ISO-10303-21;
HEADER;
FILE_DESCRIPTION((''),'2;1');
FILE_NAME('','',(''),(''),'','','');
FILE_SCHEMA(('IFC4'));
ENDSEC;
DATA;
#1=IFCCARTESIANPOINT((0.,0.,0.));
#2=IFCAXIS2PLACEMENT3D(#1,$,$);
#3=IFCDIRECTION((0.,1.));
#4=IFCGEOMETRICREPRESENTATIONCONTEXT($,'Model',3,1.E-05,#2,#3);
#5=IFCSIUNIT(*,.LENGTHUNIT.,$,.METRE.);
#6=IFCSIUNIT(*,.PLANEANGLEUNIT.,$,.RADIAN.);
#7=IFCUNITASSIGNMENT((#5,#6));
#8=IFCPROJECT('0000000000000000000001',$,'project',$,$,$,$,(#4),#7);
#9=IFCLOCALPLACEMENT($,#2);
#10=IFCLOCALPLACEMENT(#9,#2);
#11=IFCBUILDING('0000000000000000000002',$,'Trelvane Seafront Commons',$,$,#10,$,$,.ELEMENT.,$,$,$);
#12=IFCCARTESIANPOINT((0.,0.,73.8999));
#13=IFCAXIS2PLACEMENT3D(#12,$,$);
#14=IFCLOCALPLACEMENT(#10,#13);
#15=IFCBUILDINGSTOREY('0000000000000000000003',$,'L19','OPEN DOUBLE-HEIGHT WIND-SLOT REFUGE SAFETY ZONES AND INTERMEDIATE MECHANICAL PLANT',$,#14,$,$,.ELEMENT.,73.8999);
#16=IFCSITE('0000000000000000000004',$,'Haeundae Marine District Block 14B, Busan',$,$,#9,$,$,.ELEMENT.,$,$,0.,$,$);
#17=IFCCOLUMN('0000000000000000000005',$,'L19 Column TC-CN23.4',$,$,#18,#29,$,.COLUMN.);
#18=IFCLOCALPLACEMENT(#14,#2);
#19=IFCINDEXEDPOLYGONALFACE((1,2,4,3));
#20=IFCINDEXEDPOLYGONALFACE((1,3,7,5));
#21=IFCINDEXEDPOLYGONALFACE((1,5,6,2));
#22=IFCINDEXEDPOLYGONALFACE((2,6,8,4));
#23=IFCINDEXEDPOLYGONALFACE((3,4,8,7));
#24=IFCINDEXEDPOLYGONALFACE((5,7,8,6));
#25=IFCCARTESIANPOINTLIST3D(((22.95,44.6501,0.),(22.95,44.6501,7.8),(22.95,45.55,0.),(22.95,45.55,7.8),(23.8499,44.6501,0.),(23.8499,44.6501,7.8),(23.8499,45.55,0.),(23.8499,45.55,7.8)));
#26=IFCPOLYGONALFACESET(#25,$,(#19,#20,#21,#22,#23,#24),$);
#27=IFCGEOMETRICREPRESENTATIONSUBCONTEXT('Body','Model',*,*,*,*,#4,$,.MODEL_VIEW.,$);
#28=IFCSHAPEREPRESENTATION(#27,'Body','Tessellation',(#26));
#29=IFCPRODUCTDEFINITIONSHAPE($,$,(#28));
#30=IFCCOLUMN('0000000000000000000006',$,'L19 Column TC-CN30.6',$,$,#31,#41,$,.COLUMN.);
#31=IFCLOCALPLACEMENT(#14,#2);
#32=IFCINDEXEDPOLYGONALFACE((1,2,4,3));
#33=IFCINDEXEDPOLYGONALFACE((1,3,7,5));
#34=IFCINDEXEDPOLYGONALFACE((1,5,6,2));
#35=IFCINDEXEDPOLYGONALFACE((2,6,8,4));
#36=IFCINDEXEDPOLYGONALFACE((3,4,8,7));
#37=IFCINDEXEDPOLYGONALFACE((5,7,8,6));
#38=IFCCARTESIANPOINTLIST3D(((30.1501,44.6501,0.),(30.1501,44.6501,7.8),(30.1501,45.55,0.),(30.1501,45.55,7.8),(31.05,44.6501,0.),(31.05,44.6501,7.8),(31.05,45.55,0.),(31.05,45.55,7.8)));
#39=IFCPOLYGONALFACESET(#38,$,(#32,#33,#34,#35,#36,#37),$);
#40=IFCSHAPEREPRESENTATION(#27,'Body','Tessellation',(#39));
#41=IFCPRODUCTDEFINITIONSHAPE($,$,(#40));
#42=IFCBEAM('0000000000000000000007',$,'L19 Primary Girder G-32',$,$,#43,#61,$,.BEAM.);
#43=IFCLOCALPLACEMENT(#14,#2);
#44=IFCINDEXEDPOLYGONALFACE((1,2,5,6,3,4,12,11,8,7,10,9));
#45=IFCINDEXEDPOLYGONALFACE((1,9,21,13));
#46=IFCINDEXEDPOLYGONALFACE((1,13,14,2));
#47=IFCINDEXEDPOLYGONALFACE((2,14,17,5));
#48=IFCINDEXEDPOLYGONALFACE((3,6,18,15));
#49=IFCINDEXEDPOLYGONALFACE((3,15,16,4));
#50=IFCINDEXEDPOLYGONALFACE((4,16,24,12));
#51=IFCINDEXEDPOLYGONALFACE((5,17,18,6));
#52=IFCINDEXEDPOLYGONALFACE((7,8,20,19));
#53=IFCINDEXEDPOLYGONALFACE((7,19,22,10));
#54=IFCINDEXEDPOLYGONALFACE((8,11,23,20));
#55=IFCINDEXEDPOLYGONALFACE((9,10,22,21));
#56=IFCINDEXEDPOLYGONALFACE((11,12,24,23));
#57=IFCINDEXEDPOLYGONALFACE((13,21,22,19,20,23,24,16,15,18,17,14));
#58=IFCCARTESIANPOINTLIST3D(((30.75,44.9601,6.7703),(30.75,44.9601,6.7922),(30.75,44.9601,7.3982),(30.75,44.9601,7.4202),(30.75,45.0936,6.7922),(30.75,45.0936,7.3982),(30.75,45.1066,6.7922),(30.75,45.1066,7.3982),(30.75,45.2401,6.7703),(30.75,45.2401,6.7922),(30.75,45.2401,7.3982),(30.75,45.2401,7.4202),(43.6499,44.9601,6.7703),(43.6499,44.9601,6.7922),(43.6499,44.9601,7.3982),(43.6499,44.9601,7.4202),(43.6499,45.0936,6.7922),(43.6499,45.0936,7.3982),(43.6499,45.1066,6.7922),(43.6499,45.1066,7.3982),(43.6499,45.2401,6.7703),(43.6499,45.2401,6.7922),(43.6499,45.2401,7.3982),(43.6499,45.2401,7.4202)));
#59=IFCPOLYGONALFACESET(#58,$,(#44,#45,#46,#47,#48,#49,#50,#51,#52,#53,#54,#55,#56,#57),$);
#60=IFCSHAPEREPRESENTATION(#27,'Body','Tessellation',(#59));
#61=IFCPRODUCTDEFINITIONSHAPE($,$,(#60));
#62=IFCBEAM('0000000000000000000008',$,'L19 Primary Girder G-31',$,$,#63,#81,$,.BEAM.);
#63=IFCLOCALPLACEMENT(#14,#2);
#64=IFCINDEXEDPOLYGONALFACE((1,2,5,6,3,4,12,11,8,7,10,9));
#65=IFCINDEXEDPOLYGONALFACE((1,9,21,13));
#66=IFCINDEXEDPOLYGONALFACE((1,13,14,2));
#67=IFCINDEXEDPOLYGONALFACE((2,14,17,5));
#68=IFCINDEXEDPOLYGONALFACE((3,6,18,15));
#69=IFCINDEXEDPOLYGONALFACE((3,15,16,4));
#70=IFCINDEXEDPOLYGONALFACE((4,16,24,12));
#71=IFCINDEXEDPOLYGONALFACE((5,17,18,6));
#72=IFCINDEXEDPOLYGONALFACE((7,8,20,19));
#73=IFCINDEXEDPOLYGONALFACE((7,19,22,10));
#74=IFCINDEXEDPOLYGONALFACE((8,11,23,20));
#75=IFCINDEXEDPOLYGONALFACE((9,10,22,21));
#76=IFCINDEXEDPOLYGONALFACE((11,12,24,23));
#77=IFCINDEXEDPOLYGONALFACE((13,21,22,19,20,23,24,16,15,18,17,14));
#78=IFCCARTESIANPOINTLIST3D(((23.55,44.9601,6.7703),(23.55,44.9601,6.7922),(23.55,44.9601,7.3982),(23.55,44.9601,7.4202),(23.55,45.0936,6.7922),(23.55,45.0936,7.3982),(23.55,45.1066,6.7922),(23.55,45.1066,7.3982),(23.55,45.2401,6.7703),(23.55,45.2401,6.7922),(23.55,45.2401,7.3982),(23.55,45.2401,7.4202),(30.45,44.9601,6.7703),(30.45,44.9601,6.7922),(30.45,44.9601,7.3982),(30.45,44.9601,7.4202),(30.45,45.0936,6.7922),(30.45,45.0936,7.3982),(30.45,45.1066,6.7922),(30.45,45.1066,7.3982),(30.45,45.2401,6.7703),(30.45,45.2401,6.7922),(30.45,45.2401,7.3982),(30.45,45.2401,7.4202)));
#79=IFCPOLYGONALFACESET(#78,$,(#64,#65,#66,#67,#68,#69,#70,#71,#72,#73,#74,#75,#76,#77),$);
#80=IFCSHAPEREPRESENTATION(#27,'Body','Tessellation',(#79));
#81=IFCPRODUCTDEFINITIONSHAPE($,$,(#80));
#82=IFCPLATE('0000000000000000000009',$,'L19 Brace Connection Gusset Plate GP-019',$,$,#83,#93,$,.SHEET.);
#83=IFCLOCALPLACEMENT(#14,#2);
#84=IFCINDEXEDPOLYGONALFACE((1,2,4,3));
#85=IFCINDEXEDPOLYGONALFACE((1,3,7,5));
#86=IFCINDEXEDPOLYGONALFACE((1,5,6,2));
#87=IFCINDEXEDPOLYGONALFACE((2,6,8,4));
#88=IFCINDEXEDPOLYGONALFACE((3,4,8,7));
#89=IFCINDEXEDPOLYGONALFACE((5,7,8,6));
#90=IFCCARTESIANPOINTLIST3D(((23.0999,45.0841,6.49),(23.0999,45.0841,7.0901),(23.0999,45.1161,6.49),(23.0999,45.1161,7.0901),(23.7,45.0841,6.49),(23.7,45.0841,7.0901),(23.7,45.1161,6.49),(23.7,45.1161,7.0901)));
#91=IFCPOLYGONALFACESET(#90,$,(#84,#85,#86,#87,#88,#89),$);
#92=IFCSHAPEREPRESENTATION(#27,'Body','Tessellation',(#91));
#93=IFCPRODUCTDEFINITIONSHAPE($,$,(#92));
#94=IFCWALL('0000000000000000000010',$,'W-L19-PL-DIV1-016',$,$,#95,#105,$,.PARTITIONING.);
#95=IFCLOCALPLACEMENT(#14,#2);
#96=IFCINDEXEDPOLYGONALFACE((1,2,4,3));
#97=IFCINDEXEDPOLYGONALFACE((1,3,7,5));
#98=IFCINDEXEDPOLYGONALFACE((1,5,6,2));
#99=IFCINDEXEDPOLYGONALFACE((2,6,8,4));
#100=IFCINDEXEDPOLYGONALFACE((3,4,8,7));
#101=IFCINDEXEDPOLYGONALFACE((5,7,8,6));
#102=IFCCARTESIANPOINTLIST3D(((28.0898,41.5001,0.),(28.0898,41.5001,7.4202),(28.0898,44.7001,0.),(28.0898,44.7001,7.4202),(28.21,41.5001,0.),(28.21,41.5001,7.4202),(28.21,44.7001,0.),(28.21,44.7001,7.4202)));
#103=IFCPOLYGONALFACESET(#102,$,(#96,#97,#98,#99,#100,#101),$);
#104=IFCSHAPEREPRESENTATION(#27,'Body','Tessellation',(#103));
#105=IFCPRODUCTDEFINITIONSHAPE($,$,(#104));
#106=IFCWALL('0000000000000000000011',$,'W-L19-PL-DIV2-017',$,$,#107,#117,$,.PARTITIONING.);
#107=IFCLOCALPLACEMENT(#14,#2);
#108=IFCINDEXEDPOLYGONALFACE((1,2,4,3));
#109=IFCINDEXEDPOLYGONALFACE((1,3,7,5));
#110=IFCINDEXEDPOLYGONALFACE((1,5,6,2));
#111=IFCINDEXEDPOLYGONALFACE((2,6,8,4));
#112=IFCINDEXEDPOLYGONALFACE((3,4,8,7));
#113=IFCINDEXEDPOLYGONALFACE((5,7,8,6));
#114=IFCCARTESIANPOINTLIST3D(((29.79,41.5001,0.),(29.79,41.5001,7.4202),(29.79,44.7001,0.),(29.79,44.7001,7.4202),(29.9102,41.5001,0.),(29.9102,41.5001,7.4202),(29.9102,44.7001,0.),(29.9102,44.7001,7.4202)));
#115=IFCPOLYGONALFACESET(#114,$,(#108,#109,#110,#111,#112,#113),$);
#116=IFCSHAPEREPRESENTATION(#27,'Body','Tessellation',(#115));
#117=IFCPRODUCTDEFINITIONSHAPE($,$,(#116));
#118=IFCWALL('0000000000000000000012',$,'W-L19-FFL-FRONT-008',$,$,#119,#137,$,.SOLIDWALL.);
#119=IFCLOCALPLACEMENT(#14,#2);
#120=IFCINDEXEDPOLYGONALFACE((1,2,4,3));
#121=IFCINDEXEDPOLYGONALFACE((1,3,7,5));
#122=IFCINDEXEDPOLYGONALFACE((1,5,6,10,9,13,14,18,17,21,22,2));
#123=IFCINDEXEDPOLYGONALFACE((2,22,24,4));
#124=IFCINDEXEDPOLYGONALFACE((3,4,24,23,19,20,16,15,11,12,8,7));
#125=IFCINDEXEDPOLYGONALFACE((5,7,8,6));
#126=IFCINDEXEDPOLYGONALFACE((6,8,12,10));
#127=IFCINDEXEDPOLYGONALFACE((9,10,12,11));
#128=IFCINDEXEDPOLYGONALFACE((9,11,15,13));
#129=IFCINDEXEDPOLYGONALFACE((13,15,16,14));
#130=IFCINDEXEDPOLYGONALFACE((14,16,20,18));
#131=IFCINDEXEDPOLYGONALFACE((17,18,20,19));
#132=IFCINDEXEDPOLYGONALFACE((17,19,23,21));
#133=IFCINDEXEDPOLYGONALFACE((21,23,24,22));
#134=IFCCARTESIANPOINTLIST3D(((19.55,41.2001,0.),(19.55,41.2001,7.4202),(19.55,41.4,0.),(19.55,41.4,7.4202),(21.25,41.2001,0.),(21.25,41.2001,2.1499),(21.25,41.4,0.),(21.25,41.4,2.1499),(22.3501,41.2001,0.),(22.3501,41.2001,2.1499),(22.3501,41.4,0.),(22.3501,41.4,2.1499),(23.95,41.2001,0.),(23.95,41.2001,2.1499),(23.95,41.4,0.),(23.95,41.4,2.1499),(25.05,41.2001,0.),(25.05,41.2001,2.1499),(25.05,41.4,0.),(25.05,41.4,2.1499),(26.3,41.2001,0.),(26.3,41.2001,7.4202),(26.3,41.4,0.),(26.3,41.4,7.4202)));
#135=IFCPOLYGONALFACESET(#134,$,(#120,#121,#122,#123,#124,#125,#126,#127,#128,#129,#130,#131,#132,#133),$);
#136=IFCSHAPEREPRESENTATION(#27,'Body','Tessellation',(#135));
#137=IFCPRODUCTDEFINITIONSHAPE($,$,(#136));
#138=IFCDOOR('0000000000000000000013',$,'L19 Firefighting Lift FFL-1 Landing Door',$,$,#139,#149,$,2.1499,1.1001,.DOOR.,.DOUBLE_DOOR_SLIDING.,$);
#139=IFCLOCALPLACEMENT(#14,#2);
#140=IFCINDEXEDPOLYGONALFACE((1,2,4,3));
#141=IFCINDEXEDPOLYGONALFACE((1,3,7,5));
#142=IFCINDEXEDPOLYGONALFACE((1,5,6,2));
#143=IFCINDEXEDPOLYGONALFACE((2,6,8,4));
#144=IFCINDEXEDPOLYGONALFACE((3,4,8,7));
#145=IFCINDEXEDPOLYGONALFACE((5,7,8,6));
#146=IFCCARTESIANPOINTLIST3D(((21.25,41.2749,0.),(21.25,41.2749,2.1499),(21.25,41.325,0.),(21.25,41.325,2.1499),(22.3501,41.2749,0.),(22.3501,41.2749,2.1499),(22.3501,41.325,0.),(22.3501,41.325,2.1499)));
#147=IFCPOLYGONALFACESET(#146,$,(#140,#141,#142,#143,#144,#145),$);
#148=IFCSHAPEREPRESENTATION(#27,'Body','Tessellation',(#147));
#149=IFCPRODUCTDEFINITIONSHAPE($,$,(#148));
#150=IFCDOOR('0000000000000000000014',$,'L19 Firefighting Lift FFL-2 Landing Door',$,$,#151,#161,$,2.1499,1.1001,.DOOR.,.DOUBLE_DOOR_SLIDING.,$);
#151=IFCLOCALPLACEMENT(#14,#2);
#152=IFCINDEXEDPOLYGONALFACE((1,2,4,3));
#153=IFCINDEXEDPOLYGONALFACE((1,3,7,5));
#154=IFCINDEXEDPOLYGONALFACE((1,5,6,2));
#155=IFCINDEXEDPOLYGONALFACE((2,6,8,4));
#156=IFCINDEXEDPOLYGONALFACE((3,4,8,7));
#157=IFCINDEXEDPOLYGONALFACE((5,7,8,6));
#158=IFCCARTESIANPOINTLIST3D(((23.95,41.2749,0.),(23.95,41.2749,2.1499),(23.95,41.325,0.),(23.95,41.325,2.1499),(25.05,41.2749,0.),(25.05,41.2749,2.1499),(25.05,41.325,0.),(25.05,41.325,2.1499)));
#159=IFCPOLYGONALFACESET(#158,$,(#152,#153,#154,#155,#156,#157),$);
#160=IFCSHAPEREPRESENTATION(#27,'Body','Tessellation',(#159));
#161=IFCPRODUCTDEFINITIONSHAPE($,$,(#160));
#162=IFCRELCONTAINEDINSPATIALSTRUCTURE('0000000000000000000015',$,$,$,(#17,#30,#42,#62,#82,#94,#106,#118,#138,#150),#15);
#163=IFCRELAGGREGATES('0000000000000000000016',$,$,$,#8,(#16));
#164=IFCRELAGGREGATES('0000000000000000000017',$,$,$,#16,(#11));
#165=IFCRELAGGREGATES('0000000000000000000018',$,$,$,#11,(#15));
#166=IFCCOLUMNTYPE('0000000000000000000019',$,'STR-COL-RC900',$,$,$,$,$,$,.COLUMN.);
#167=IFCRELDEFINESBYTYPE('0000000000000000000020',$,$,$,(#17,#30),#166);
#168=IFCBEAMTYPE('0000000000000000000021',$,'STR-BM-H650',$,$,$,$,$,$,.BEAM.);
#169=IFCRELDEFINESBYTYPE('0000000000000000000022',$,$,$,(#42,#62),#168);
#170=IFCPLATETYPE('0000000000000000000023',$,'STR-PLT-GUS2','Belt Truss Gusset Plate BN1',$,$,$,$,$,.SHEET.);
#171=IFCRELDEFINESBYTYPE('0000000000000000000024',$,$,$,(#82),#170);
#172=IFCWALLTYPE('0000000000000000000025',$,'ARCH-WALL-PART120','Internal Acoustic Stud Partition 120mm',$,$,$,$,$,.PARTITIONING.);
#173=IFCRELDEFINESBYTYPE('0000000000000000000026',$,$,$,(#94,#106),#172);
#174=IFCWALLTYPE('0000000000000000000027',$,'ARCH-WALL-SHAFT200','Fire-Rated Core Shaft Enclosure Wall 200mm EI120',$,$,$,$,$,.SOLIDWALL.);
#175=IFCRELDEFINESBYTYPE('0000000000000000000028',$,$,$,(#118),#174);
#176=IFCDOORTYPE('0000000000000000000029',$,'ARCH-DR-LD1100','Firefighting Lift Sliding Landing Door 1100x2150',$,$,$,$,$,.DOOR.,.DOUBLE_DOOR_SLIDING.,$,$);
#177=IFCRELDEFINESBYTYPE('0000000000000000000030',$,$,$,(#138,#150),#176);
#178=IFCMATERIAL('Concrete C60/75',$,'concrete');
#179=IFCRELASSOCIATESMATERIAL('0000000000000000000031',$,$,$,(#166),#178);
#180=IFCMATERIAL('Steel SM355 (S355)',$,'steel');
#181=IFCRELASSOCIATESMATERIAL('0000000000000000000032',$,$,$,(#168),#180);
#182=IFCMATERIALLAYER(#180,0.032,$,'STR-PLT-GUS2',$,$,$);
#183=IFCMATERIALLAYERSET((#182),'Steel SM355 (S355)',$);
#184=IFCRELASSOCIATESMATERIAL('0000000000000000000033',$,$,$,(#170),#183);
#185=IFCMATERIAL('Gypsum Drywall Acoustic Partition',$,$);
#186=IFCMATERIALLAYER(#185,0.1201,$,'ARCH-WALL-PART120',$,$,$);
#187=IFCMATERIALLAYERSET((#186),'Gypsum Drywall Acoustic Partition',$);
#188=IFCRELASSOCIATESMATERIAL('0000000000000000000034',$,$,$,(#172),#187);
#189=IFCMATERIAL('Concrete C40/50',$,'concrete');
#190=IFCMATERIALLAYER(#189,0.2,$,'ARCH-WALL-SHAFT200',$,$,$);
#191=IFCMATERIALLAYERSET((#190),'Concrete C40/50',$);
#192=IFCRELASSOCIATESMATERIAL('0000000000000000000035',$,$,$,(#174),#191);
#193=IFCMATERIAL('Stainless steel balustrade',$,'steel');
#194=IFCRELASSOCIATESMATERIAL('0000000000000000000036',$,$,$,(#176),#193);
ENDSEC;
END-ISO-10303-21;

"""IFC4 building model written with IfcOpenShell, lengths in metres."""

from ifc_helpers import new_model, si_unit, direction, frame, frame_2d, origin, origin_2d, place, context, subcontext, project, spatial, rectangle, i_section, extrude, source, transform, mapped, material, layer, layer_set, material_profile, profile_set, type_object, element, fill, save


model = new_model("IFC4")

# Units and contexts
model_context = context("Model", 3, precision=1e-05, world=origin(), true_north=direction((0.0, 1.0)))
body_context = subcontext(model_context, "Body", "Model", "MODEL_VIEW")
ifc_project = project(units=[si_unit("LENGTHUNIT", "METRE"), si_unit("PLANEANGLEUNIT", "RADIAN")], contexts=[model_context])

# Site, building, storey
site_placement = place(None, origin())
site = spatial("IfcSite", under=ifc_project, at=site_placement, Name="Haeundae Marine District Block 14B, Busan", CompositionType="ELEMENT", RefElevation=0.0)
building_placement = place(site_placement, origin())
building = spatial("IfcBuilding", under=site, at=building_placement, Name="Trelvane Seafront Commons", CompositionType="ELEMENT")
storey_placement = place(building_placement, frame((0.0, 0.0, 73.8999)))
storey = spatial("IfcBuildingStorey", under=building, at=storey_placement, Name="L19", Description="OPEN DOUBLE-HEIGHT WIND-SLOT REFUGE SAFETY ZONES AND INTERMEDIATE MECHANICAL PLANT", CompositionType="ELEMENT", Elevation=73.8999)

# Columns
ifc_material_1 = material(Name="Concrete C60/75", Category="concrete")
ifc_material_profile_1 = material_profile(ifc_material_1, rectangle(XDim=0.8999, YDim=0.8999, at=origin_2d()), Name="RC-900x900")
ifc_profile_set_1 = profile_set([ifc_material_profile_1], Name="Concrete C60/75")
column_type = type_object("IfcColumnType", Name="STR-COL-RC900", PredefinedType="COLUMN", material=ifc_profile_set_1)
shared_shape_1 = source(origin(), body_context, "Body", "SweptSolid", [
    extrude(rectangle(XDim=0.8999, YDim=0.8999, at=origin_2d()), origin(), (0.0, 0.0, 1.0), 7.8),
])
for number, where, z_axis, x_axis, name in (
    (1, (23.3999, 45.1001, 0.0), (0.0, 0.0, 1.0), (1.0, 0.0, 0.0), "L19 Column TC-CN23.4"),
    (2, (30.6001, 45.1001, 0.0), (0.0, 0.0, 1.0), (1.0, 0.0, 0.0), "L19 Column TC-CN30.6"),
):
    element("IfcColumn", number, at=place(storey_placement, frame(where, z_axis=z_axis, x_axis=x_axis)), inside=storey, type_object=column_type, Name=name, PredefinedType="COLUMN", context=body_context, shape_type="MappedRepresentation", body=[
        mapped(shared_shape_1, transform((0.0, 0.0, 0.0), x_axis=(1.0, 0.0, 0.0), y_axis=(0.0, 1.0, 0.0), z_axis=(0.0, 0.0, 1.0), scale=1.0)),
    ])

# Beams
ifc_material_2 = material(Name="Steel SM355 (S355)", Category="steel")
ifc_material_profile_2 = material_profile(ifc_material_2, i_section(OverallWidth=0.28, OverallDepth=0.6499, WebThickness=0.0129, FlangeThickness=0.022, at=origin_2d()), Name="H-650x280x13x22")
ifc_profile_set_2 = profile_set([ifc_material_profile_2], Name="Steel SM355 (S355)")
beam_type = type_object("IfcBeamType", Name="STR-BM-H650", PredefinedType="BEAM", material=ifc_profile_set_2)
shared_shape_2 = source(origin(), body_context, "Body", "SweptSolid", [
    extrude(i_section(OverallWidth=0.28, OverallDepth=0.6499, WebThickness=0.0129, FlangeThickness=0.022, at=origin_2d()), origin(), (0.0, 0.0, 1.0), 12.8999),
])
beam_1_placement = place(storey_placement, frame((30.75, 45.1001, 7.0952), z_axis=(1.0, 0.0, 0.0), x_axis=(0.0, 1.0, 0.0)))
element("IfcBeam", 3, at=beam_1_placement, inside=storey, type_object=beam_type, Name="L19 Primary Girder G-32", PredefinedType="BEAM", context=body_context, shape_type="MappedRepresentation", body=[
    mapped(shared_shape_2, transform((0.0, 0.0, 0.0), x_axis=(1.0, 0.0, 0.0), y_axis=(0.0, 1.0, 0.0), z_axis=(0.0, 0.0, 1.0), scale=1.0)),
])
shared_shape_3 = source(origin(), body_context, "Body", "SweptSolid", [
    extrude(i_section(OverallWidth=0.28, OverallDepth=0.6499, WebThickness=0.0129, FlangeThickness=0.022, at=origin_2d()), origin(), (0.0, 0.0, 1.0), 6.8999),
])
beam_2_placement = place(storey_placement, frame((23.55, 45.1001, 7.0952), z_axis=(1.0, 0.0, 0.0), x_axis=(0.0, 1.0, 0.0)))
element("IfcBeam", 4, at=beam_2_placement, inside=storey, type_object=beam_type, Name="L19 Primary Girder G-31", PredefinedType="BEAM", context=body_context, shape_type="MappedRepresentation", body=[
    mapped(shared_shape_3, transform((0.0, 0.0, 0.0), x_axis=(1.0, 0.0, 0.0), y_axis=(0.0, 1.0, 0.0), z_axis=(0.0, 0.0, 1.0), scale=1.0)),
])

# Plate
ifc_layer_1 = layer(ifc_material_2, 0.032, Name="STR-PLT-GUS2")
ifc_layer_set_1 = layer_set([ifc_layer_1], Name="Steel SM355 (S355)")
plate_type = type_object("IfcPlateType", Name="STR-PLT-GUS2", Description="Belt Truss Gusset Plate BN1", PredefinedType="SHEET", material=ifc_layer_set_1)
shared_shape_4 = source(origin(), body_context, "Body", "SweptSolid", [
    extrude(rectangle(XDim=0.6001, YDim=0.032, at=origin_2d()), origin(), (0.0, 0.0, 1.0), 0.6001),
])
plate_placement = place(storey_placement, frame((23.3999, 45.1001, 6.49), z_axis=(0.0, 0.0, 1.0), x_axis=(1.0, 0.0, 0.0)))
element("IfcPlate", 5, at=plate_placement, inside=storey, type_object=plate_type, Name="L19 Brace Connection Gusset Plate GP-019", PredefinedType="SHEET", context=body_context, shape_type="MappedRepresentation", body=[
    mapped(shared_shape_4, transform((0.0, 0.0, 0.0), x_axis=(1.0, 0.0, 0.0), y_axis=(0.0, 1.0, 0.0), z_axis=(0.0, 0.0, 1.0), scale=1.0)),
])

# Walls
ifc_material_3 = material(Name="Gypsum Drywall Acoustic Partition")
ifc_layer_2 = layer(ifc_material_3, 0.1201, Name="ARCH-WALL-PART120")
ifc_layer_set_2 = layer_set([ifc_layer_2], Name="Gypsum Drywall Acoustic Partition")
wall_type_1 = type_object("IfcWallType", Name="ARCH-WALL-PART120", Description="Internal Acoustic Stud Partition 120mm", PredefinedType="PARTITIONING", material=ifc_layer_set_2)
for number, where, z_axis, x_axis, name in (
    (6, (28.1499, 41.5, 0.0), (0.0, 0.0, 1.0), (0.0, 1.0, 0.0), "W-L19-PL-DIV1-016"),
    (7, (29.8501, 41.5, 0.0), (0.0, 0.0, 1.0), (0.0, 1.0, 0.0), "W-L19-PL-DIV2-017"),
):
    element("IfcWall", number, at=place(storey_placement, frame(where, z_axis=z_axis, x_axis=x_axis)), inside=storey, type_object=wall_type_1, Name=name, PredefinedType="PARTITIONING", context=body_context, shape_type="SweptSolid", body=[
        extrude(rectangle(XDim=3.2, YDim=0.1201, at=frame_2d((1.6001, 0.0))), origin(), (0.0, 0.0, 1.0), 7.4202),
    ])

# Wall, openings, doors
ifc_material_4 = material(Name="Concrete C40/50", Category="concrete")
ifc_layer_3 = layer(ifc_material_4, 0.2, Name="ARCH-WALL-SHAFT200")
ifc_layer_set_3 = layer_set([ifc_layer_3], Name="Concrete C40/50")
wall_type_2 = type_object("IfcWallType", Name="ARCH-WALL-SHAFT200", Description="Fire-Rated Core Shaft Enclosure Wall 200mm EI120", PredefinedType="SOLIDWALL", material=ifc_layer_set_3)
wall_1_placement = place(storey_placement, frame((19.55, 41.3, 0.0), z_axis=(0.0, 0.0, 1.0), x_axis=(1.0, 0.0, 0.0)))
wall_1 = element("IfcWall", 8, at=wall_1_placement, inside=storey, type_object=wall_type_2, Name="W-L19-FFL-FRONT-008", PredefinedType="SOLIDWALL", context=body_context, shape_type="SweptSolid", body=[
    extrude(rectangle(XDim=6.75, YDim=0.2, at=frame_2d((3.375, 0.0))), origin(), (0.0, 0.0, 1.0), 7.4202),
])
opening_1_placement = place(wall_1_placement, frame((1.7, 0.0, 0.0)))
opening_1 = element("IfcOpeningElement", 9, at=opening_1_placement, cuts=wall_1, PredefinedType="OPENING", context=body_context, shape_type="SweptSolid", body=[
    extrude(rectangle(XDim=1.1001, YDim=2.1499, at=frame_2d((0.55, 1.075))), frame((0.0, 0.1099, 0.0), z_axis=(0.0, -1.0, 0.0), x_axis=(1.0, 0.0, 0.0)), (0.0, 0.0, 1.0), 0.22),
])
opening_2_placement = place(wall_1_placement, frame((4.3999, 0.0, 0.0)))
opening_2 = element("IfcOpeningElement", 10, at=opening_2_placement, cuts=wall_1, PredefinedType="OPENING", context=body_context, shape_type="SweptSolid", body=[
    extrude(rectangle(XDim=1.1001, YDim=2.1499, at=frame_2d((0.55, 1.075))), frame((0.0, 0.1099, 0.0), z_axis=(0.0, -1.0, 0.0), x_axis=(1.0, 0.0, 0.0)), (0.0, 0.0, 1.0), 0.22),
])
ifc_material_5 = material(Name="Stainless steel balustrade", Category="steel")
door_type_1 = type_object("IfcDoorType", Name="ARCH-DR-LD1100", Description="Firefighting Lift Sliding Landing Door 1100x2150", OperationType="DOUBLE_DOOR_SLIDING", PredefinedType="DOOR", material=ifc_material_5)
shared_shape_5 = source(origin(), body_context, "Body", "SweptSolid", [
    extrude(rectangle(XDim=1.1001, YDim=2.1499, at=frame_2d((0.55, 1.075))), frame((0.0, 0.0249, 0.0), z_axis=(0.0, -1.0, 0.0), x_axis=(1.0, 0.0, 0.0)), (0.0, 0.0, 1.0), 0.05),
])
door_1_placement = place(opening_1_placement, origin())
door_1 = element("IfcDoor", 11, at=door_1_placement, inside=storey, type_object=door_type_1, Name="L19 Firefighting Lift FFL-1 Landing Door", OperationType="DOUBLE_DOOR_SLIDING", OverallHeight=2.1499, OverallWidth=1.1001, PredefinedType="DOOR", context=body_context, shape_type="MappedRepresentation", body=[
    mapped(shared_shape_5, transform((0.0, 0.0, 0.0), x_axis=(1.0, 0.0, 0.0), y_axis=(0.0, 1.0, 0.0), z_axis=(0.0, 0.0, 1.0), scale=1.0)),
])
fill(opening_1, door_1)
door_2_placement = place(opening_2_placement, origin())
door_2 = element("IfcDoor", 12, at=door_2_placement, inside=storey, type_object=door_type_1, Name="L19 Firefighting Lift FFL-2 Landing Door", OperationType="DOUBLE_DOOR_SLIDING", OverallHeight=2.1499, OverallWidth=1.1001, PredefinedType="DOOR", context=body_context, shape_type="MappedRepresentation", body=[
    mapped(shared_shape_5, transform((0.0, 0.0, 0.0), x_axis=(1.0, 0.0, 0.0), y_axis=(0.0, 1.0, 0.0), z_axis=(0.0, 0.0, 1.0), scale=1.0)),
])
fill(opening_2, door_2)

save(model, "model.ifc")
